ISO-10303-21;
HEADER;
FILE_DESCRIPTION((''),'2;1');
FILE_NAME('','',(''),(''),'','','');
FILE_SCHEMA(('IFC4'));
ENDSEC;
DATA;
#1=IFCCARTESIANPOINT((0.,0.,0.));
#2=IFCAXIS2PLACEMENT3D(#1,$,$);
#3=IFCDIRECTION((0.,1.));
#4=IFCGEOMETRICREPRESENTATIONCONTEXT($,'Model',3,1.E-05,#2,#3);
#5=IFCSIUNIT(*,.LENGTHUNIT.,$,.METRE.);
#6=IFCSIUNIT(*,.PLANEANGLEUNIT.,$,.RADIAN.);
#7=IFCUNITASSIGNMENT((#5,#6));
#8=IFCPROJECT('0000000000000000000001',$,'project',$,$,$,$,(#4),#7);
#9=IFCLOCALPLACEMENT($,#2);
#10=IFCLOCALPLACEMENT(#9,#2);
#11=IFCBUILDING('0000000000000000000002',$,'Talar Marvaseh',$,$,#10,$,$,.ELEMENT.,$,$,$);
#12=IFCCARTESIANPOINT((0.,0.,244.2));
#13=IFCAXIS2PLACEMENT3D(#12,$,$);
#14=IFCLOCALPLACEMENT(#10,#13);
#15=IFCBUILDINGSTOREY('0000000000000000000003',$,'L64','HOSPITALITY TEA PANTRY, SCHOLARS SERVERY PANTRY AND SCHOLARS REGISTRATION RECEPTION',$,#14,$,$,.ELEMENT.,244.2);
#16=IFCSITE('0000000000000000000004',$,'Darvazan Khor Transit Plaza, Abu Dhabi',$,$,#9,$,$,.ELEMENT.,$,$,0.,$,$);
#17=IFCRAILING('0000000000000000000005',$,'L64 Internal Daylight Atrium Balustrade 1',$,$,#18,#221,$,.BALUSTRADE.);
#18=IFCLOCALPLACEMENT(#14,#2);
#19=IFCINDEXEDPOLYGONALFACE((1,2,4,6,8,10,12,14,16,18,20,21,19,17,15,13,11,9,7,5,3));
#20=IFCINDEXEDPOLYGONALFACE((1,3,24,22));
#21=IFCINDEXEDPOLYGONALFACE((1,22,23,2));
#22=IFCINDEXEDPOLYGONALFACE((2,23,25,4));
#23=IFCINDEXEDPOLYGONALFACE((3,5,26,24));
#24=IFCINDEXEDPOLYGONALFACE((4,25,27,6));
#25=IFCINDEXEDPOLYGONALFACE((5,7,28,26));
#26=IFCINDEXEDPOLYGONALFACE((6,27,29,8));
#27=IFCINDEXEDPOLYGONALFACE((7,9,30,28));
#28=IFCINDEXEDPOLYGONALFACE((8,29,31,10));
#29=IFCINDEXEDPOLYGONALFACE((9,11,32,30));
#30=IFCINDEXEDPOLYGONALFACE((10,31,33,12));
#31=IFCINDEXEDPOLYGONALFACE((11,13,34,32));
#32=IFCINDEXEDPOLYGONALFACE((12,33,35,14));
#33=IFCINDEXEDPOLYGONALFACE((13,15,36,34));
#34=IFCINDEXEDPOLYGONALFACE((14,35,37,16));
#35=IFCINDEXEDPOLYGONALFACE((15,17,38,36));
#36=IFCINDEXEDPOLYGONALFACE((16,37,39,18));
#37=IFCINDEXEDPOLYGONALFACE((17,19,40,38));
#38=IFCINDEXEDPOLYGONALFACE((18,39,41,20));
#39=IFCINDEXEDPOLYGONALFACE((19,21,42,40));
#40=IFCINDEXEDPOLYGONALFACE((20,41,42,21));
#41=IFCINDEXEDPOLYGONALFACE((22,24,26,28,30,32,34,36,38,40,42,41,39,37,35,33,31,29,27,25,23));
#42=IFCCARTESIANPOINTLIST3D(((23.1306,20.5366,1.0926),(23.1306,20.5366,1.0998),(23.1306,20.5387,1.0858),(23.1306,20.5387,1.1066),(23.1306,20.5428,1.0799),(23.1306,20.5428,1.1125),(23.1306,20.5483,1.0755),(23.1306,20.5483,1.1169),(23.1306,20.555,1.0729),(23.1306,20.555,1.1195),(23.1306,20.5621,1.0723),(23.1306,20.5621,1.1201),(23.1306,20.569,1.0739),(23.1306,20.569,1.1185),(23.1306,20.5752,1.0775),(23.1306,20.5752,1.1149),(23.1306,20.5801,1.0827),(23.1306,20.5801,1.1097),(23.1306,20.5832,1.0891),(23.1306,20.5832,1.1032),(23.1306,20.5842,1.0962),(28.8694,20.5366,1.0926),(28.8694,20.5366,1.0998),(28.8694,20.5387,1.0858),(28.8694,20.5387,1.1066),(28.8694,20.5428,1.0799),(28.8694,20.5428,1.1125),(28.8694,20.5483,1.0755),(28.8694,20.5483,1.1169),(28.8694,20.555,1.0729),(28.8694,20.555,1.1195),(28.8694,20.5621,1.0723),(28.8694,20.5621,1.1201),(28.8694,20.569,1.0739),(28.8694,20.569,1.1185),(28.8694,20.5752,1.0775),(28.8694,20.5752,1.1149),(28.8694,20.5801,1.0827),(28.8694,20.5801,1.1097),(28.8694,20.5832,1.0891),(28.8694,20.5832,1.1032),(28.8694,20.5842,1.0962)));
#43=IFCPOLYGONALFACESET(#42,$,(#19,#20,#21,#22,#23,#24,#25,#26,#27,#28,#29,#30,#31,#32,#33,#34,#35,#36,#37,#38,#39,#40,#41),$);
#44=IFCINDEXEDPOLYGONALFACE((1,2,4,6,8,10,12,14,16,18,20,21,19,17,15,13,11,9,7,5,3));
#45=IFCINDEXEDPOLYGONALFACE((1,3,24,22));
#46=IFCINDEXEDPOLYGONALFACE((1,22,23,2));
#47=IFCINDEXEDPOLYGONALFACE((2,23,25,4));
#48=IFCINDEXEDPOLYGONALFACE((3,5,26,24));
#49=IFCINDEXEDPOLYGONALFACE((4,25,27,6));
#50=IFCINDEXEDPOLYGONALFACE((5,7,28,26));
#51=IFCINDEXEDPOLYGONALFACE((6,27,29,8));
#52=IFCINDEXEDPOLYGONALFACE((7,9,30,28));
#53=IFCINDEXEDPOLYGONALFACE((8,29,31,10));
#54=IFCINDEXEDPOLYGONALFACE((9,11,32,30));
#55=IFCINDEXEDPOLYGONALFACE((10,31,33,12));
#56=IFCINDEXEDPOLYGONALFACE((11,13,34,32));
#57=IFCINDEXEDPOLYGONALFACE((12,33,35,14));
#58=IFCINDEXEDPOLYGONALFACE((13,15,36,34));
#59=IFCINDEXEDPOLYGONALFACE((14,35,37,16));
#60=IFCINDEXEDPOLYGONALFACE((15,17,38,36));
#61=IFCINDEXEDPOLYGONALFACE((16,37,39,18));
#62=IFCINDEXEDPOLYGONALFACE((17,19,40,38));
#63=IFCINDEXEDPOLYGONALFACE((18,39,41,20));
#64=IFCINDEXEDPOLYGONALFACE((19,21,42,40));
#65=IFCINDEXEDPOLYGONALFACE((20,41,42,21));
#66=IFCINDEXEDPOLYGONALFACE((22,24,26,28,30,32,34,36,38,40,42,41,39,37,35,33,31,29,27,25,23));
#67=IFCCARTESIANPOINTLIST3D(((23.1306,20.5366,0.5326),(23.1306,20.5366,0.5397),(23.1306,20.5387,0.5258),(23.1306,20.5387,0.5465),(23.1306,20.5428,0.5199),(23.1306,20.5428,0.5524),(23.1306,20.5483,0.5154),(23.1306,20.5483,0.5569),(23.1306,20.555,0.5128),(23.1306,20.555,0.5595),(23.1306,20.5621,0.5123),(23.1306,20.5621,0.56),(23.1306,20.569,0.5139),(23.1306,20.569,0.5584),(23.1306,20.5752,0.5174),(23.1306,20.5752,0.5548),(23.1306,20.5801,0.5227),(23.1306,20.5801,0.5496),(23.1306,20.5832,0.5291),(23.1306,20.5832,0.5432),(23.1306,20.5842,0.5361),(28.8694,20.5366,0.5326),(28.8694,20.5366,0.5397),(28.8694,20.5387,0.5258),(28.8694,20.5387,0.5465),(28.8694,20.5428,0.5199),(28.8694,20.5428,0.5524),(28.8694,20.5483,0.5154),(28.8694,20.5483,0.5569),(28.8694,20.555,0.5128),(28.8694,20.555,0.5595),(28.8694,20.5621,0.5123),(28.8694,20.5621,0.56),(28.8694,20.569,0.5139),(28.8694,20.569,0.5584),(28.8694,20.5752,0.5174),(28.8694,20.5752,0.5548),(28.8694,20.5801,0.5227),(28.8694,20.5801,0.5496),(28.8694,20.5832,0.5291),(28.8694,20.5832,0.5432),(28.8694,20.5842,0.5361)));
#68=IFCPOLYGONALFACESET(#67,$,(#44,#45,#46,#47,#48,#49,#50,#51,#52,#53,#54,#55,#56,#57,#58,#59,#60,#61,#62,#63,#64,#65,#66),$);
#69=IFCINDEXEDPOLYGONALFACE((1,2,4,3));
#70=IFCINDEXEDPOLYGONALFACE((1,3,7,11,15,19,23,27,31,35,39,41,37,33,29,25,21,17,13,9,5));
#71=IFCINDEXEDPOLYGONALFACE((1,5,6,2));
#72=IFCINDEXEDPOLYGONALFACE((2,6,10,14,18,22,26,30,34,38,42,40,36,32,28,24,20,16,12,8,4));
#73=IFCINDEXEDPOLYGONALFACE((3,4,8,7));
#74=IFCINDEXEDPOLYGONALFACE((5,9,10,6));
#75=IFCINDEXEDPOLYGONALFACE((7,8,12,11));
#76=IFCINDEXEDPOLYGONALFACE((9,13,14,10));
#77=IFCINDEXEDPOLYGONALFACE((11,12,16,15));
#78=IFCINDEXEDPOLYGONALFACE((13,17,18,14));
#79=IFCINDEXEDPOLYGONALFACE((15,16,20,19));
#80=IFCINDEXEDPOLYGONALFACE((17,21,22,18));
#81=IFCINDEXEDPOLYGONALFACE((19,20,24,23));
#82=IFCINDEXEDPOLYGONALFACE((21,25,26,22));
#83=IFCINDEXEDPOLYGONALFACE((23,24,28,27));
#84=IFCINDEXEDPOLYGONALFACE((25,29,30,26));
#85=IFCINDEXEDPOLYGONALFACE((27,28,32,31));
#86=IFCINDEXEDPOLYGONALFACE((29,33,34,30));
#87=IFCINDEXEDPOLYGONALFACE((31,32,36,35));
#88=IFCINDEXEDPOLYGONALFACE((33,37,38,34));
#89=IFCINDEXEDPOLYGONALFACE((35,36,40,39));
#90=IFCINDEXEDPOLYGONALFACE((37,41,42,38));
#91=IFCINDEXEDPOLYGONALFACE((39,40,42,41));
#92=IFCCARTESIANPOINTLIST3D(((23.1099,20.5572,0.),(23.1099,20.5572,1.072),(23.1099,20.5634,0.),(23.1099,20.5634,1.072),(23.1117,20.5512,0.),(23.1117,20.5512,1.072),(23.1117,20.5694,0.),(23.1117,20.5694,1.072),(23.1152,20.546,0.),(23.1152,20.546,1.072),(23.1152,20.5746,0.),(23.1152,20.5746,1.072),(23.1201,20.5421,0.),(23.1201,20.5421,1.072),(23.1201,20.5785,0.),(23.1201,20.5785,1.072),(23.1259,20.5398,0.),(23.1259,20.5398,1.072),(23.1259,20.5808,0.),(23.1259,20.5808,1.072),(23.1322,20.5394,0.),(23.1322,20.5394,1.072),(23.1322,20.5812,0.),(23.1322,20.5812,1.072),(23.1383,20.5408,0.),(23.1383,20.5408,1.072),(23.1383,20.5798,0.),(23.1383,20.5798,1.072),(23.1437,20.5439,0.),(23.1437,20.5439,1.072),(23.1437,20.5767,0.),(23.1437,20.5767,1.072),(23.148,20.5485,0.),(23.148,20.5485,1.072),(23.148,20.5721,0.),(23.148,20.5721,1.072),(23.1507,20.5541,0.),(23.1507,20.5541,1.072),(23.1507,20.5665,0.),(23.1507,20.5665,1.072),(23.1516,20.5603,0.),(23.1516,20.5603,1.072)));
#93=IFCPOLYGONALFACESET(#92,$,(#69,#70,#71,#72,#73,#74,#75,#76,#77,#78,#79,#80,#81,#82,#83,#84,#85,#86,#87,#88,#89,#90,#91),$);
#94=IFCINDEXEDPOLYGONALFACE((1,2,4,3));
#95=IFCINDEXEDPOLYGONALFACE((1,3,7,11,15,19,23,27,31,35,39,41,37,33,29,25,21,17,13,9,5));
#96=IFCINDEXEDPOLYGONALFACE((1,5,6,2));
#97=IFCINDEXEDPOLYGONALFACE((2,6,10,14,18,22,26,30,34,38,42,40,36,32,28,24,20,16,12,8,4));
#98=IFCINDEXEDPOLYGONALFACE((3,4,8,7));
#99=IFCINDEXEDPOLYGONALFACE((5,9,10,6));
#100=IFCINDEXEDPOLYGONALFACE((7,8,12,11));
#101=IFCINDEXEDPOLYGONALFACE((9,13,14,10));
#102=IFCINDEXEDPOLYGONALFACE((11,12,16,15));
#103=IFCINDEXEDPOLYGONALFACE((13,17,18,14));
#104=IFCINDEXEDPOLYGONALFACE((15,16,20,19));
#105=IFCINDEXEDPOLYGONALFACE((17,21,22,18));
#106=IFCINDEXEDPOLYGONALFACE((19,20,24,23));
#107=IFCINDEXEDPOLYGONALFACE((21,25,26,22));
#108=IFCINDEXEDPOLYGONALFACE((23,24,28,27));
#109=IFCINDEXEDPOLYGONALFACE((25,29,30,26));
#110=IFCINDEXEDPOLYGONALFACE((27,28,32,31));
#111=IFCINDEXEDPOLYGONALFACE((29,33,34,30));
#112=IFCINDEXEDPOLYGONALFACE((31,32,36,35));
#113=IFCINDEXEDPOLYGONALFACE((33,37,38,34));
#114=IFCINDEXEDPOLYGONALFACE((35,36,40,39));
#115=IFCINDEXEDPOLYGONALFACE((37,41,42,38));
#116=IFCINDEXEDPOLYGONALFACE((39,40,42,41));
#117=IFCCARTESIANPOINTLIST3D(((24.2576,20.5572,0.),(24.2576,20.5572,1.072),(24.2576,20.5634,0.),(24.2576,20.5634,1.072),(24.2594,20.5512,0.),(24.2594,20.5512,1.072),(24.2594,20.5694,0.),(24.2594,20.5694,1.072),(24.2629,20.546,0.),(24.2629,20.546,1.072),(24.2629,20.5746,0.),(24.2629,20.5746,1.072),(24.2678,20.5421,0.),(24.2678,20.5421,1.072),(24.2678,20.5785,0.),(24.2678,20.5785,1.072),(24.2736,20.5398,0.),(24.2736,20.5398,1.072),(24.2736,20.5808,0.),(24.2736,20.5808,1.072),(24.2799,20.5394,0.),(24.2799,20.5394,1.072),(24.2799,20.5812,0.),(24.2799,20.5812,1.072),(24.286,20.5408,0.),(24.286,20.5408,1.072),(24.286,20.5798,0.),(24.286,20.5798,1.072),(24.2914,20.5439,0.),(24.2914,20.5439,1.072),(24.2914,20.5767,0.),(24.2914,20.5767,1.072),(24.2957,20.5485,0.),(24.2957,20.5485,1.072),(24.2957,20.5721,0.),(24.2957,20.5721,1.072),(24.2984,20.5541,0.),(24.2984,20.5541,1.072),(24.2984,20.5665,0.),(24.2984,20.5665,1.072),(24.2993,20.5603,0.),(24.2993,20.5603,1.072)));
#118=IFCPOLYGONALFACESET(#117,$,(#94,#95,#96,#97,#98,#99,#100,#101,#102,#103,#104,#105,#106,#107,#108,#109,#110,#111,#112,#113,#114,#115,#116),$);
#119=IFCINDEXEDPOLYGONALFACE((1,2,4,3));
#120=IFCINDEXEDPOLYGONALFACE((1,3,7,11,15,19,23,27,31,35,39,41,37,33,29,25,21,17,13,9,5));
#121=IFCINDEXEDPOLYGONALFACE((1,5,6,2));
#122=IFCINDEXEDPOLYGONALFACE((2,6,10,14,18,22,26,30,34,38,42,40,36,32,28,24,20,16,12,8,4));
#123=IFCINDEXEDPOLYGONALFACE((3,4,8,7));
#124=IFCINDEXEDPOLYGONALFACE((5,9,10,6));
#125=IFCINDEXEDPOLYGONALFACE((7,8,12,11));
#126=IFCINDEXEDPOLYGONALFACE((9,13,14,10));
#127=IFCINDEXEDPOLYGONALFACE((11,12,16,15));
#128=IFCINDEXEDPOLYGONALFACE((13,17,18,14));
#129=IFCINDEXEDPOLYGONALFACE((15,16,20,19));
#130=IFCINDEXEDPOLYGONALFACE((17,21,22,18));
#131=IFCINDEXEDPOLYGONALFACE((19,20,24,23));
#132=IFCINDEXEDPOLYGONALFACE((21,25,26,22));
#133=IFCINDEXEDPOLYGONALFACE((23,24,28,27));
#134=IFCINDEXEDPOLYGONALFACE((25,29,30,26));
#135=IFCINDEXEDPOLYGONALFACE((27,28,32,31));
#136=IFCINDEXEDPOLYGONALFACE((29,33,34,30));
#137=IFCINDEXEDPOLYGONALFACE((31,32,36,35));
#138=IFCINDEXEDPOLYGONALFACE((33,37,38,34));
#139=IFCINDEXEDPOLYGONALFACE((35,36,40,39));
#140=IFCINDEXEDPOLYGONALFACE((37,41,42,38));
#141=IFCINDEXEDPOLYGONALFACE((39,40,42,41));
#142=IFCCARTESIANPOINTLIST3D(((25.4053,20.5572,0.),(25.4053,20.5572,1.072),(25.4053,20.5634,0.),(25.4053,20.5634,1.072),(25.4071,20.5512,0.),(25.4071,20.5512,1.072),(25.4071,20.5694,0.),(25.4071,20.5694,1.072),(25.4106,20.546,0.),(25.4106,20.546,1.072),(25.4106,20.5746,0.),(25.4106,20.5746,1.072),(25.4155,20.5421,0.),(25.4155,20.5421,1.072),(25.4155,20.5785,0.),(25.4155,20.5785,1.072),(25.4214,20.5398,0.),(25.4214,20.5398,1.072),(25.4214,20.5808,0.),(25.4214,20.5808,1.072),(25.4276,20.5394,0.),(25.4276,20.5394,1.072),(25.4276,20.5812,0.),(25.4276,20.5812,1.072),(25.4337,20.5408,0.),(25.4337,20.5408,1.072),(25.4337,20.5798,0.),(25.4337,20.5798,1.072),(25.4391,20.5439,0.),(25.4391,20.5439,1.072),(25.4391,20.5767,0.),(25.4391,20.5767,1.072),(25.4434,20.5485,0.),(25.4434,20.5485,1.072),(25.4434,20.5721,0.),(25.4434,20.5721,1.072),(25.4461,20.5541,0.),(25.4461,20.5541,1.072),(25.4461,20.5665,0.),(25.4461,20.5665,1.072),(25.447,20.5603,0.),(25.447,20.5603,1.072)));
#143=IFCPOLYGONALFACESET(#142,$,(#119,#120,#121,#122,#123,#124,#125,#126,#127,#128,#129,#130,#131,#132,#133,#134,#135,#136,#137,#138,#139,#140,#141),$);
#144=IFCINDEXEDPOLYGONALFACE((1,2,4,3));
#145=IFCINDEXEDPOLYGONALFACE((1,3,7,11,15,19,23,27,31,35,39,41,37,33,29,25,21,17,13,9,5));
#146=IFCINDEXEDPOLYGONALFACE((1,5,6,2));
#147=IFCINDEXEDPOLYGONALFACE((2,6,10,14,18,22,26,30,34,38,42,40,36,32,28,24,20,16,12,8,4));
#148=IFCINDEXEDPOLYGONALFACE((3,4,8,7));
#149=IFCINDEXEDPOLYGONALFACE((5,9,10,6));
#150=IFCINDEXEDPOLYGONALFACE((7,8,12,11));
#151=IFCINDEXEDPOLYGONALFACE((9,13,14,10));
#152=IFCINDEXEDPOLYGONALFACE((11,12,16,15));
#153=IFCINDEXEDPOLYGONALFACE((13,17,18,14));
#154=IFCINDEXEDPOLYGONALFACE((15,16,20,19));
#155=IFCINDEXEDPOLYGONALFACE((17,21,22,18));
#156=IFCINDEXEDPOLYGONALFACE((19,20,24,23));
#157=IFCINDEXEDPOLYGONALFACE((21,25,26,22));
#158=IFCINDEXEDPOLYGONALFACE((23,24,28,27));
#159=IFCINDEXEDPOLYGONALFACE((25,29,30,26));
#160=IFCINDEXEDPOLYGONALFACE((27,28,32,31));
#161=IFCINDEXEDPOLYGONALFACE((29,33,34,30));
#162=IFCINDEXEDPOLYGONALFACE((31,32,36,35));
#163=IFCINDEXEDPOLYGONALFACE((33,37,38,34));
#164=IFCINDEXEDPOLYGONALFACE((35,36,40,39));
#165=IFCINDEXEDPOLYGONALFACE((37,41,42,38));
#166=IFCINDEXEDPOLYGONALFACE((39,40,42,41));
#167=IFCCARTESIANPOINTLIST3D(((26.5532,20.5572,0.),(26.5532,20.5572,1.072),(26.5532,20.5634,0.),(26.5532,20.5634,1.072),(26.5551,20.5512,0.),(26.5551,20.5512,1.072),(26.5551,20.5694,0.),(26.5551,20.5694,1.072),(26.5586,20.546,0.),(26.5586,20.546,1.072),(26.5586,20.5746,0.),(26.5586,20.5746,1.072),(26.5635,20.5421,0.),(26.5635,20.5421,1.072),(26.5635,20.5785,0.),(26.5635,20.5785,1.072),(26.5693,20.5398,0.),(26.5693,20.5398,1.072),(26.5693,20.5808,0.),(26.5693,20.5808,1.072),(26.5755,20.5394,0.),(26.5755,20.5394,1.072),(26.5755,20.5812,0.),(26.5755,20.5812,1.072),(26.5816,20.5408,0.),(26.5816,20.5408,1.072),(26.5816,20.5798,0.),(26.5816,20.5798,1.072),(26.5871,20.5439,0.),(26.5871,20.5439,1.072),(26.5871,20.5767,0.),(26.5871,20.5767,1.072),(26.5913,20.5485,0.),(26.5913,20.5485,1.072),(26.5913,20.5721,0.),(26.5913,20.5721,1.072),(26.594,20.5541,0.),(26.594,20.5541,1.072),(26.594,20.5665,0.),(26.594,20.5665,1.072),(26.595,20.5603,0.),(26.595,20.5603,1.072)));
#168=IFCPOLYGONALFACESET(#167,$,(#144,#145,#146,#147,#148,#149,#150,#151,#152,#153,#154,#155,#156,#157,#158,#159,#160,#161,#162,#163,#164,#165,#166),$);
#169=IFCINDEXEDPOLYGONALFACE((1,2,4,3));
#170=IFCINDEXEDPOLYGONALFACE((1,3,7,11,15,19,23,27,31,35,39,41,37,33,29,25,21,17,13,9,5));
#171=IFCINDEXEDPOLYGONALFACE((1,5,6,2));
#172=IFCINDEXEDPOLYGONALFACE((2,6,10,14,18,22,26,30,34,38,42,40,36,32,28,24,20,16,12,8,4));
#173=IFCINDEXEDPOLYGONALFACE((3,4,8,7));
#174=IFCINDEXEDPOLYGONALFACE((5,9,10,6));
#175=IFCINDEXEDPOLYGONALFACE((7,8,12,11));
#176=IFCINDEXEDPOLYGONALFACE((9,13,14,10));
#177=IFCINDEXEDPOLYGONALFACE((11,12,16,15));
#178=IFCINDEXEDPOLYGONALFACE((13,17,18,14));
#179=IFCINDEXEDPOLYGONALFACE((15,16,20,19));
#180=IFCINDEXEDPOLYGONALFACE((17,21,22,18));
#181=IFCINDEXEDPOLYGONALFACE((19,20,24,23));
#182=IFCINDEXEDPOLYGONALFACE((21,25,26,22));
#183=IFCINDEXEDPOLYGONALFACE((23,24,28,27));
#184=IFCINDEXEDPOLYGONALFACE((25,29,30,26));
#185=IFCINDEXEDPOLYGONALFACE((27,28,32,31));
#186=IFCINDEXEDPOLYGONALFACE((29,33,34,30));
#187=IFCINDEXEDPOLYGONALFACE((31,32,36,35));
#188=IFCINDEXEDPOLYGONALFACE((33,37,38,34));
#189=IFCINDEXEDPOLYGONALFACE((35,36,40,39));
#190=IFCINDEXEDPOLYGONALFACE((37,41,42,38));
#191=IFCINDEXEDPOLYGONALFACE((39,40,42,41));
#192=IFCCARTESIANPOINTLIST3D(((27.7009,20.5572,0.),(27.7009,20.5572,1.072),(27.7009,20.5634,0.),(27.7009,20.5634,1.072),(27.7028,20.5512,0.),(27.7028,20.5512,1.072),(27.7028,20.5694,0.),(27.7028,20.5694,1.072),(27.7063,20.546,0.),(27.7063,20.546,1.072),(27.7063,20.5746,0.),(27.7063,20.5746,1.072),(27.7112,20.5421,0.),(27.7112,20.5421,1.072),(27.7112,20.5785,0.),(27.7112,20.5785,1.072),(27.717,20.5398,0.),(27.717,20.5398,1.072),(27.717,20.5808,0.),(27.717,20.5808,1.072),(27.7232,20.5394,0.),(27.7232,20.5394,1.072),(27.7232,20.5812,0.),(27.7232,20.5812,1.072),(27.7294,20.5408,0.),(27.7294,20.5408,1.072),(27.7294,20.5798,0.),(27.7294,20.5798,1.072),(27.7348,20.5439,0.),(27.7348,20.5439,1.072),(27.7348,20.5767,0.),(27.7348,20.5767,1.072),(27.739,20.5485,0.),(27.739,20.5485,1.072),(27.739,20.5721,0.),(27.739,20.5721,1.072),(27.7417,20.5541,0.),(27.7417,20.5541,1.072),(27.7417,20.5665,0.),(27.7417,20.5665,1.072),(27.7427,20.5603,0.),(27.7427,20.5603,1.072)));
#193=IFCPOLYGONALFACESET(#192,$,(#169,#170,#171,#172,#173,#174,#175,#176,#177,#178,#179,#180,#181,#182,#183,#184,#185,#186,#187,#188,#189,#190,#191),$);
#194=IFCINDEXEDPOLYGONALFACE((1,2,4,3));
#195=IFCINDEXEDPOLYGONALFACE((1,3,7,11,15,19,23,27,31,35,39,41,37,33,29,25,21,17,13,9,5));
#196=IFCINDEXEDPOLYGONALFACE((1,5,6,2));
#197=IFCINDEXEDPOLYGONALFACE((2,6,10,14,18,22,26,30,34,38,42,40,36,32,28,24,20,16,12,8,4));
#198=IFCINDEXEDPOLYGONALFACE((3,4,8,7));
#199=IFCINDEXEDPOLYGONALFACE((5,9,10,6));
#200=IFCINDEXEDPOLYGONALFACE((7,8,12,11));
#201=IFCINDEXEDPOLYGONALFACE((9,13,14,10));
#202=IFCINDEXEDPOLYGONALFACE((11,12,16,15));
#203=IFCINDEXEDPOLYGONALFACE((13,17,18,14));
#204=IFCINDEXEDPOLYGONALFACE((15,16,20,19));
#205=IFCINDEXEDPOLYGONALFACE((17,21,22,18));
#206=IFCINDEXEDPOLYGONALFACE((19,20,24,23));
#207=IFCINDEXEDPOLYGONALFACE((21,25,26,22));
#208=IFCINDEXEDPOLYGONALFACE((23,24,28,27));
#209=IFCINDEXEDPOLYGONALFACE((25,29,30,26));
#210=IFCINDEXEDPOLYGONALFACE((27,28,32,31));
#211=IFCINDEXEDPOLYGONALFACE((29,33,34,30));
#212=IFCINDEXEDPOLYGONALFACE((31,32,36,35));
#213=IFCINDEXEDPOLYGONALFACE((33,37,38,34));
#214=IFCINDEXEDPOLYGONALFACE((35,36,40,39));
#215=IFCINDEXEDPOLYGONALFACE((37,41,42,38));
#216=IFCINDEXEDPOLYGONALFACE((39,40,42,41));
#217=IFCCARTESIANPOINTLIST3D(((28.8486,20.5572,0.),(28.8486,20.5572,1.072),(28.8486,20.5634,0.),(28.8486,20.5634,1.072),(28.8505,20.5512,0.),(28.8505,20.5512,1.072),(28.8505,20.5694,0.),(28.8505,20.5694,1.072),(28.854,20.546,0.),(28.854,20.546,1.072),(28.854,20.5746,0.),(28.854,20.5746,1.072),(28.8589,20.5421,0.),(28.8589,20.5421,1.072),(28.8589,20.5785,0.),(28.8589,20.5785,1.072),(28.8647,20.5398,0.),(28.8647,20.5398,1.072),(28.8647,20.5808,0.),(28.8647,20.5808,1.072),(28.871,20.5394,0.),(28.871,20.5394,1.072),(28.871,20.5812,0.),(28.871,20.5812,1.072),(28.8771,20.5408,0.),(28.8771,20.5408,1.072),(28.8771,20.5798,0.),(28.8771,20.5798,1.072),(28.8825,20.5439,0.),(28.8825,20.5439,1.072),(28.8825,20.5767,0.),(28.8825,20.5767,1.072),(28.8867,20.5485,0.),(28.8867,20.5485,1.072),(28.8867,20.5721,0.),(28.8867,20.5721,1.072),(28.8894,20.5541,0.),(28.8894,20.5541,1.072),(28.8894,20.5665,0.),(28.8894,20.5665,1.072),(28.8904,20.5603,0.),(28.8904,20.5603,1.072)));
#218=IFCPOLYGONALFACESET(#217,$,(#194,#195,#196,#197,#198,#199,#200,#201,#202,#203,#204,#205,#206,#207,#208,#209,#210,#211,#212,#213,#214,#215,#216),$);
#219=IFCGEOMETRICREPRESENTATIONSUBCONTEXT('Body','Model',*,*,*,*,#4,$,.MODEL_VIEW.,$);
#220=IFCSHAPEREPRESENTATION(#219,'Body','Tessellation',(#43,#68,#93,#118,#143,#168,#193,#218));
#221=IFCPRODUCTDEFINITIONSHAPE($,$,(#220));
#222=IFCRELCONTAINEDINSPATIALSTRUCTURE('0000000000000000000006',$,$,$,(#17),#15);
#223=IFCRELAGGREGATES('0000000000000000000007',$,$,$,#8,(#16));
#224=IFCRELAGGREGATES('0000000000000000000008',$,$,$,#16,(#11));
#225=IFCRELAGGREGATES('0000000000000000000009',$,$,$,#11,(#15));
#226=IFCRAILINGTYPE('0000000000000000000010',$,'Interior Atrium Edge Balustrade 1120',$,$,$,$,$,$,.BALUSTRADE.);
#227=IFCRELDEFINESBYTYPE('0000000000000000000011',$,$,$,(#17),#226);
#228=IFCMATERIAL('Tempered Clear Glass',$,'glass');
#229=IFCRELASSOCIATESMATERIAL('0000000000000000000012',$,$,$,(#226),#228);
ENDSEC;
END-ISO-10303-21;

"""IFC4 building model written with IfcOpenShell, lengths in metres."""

from ifc_helpers import new_model, si_unit, direction, frame, origin, origin_2d, place, context, subcontext, project, spatial, circle, extrude, material, type_object, element, save


model = new_model("IFC4")

# Units and contexts
model_context = context("Model", 3, precision=1e-05, world=origin(), true_north=direction((0.0, 1.0)))
body_context = subcontext(model_context, "Body", "Model", "MODEL_VIEW")
ifc_project = project(units=[si_unit("LENGTHUNIT", "METRE"), si_unit("PLANEANGLEUNIT", "RADIAN")], contexts=[model_context])

# Site, building, storey
site_placement = place(None, origin())
site = spatial("IfcSite", under=ifc_project, at=site_placement, Name="Darvazan Khor Transit Plaza, Abu Dhabi", CompositionType="ELEMENT", RefElevation=0.0)
building_placement = place(site_placement, origin())
building = spatial("IfcBuilding", under=site, at=building_placement, Name="Talar Marvaseh", CompositionType="ELEMENT")
storey_placement = place(building_placement, frame((0.0, 0.0, 244.2)))
storey = spatial("IfcBuildingStorey", under=building, at=storey_placement, Name="L64", Description="HOSPITALITY TEA PANTRY, SCHOLARS SERVERY PANTRY AND SCHOLARS REGISTRATION RECEPTION", CompositionType="ELEMENT", Elevation=244.2)

# Railing
ifc_material_1 = material(Name="Tempered Clear Glass", Category="glass")
railing_type = type_object("IfcRailingType", Name="Interior Atrium Edge Balustrade 1120", PredefinedType="BALUSTRADE", material=ifc_material_1)
railing_1_placement = place(storey_placement, frame((23.1306, 20.5603, 0.0)))
element("IfcRailing", 1, at=railing_1_placement, inside=storey, type_object=railing_type, Name="L64 Internal Daylight Atrium Balustrade 1", PredefinedType="BALUSTRADE", context=body_context, shape_type="SweptSolid", body=[
    extrude(circle(Radius=0.0239, at=origin_2d()), frame((0.0, 0.0, 1.0962), z_axis=(1.0, 0.0, 0.0), x_axis=(0.0, 1.0, 0.0)), (0.0, 0.0, 1.0), 5.7388),
    extrude(circle(Radius=0.0239, at=origin_2d()), frame((0.0, 0.0, 0.5361), z_axis=(1.0, 0.0, 0.0), x_axis=(0.0, 1.0, 0.0)), (0.0, 0.0, 1.0), 5.7388),
    extrude(circle(Radius=0.021, at=origin_2d()), origin(), (0.0, 0.0, 1.0), 1.072),
    extrude(circle(Radius=0.021, at=origin_2d()), frame((1.1477, 0.0, 0.0)), (0.0, 0.0, 1.0), 1.072),
    extrude(circle(Radius=0.021, at=origin_2d()), frame((2.2954, 0.0, 0.0)), (0.0, 0.0, 1.0), 1.072),
    extrude(circle(Radius=0.021, at=origin_2d()), frame((3.4434, 0.0, 0.0)), (0.0, 0.0, 1.0), 1.072),
    extrude(circle(Radius=0.021, at=origin_2d()), frame((4.5911, 0.0, 0.0)), (0.0, 0.0, 1.0), 1.072),
    extrude(circle(Radius=0.021, at=origin_2d()), frame((5.7388, 0.0, 0.0)), (0.0, 0.0, 1.0), 1.072),
])

save(model, "model.ifc")
